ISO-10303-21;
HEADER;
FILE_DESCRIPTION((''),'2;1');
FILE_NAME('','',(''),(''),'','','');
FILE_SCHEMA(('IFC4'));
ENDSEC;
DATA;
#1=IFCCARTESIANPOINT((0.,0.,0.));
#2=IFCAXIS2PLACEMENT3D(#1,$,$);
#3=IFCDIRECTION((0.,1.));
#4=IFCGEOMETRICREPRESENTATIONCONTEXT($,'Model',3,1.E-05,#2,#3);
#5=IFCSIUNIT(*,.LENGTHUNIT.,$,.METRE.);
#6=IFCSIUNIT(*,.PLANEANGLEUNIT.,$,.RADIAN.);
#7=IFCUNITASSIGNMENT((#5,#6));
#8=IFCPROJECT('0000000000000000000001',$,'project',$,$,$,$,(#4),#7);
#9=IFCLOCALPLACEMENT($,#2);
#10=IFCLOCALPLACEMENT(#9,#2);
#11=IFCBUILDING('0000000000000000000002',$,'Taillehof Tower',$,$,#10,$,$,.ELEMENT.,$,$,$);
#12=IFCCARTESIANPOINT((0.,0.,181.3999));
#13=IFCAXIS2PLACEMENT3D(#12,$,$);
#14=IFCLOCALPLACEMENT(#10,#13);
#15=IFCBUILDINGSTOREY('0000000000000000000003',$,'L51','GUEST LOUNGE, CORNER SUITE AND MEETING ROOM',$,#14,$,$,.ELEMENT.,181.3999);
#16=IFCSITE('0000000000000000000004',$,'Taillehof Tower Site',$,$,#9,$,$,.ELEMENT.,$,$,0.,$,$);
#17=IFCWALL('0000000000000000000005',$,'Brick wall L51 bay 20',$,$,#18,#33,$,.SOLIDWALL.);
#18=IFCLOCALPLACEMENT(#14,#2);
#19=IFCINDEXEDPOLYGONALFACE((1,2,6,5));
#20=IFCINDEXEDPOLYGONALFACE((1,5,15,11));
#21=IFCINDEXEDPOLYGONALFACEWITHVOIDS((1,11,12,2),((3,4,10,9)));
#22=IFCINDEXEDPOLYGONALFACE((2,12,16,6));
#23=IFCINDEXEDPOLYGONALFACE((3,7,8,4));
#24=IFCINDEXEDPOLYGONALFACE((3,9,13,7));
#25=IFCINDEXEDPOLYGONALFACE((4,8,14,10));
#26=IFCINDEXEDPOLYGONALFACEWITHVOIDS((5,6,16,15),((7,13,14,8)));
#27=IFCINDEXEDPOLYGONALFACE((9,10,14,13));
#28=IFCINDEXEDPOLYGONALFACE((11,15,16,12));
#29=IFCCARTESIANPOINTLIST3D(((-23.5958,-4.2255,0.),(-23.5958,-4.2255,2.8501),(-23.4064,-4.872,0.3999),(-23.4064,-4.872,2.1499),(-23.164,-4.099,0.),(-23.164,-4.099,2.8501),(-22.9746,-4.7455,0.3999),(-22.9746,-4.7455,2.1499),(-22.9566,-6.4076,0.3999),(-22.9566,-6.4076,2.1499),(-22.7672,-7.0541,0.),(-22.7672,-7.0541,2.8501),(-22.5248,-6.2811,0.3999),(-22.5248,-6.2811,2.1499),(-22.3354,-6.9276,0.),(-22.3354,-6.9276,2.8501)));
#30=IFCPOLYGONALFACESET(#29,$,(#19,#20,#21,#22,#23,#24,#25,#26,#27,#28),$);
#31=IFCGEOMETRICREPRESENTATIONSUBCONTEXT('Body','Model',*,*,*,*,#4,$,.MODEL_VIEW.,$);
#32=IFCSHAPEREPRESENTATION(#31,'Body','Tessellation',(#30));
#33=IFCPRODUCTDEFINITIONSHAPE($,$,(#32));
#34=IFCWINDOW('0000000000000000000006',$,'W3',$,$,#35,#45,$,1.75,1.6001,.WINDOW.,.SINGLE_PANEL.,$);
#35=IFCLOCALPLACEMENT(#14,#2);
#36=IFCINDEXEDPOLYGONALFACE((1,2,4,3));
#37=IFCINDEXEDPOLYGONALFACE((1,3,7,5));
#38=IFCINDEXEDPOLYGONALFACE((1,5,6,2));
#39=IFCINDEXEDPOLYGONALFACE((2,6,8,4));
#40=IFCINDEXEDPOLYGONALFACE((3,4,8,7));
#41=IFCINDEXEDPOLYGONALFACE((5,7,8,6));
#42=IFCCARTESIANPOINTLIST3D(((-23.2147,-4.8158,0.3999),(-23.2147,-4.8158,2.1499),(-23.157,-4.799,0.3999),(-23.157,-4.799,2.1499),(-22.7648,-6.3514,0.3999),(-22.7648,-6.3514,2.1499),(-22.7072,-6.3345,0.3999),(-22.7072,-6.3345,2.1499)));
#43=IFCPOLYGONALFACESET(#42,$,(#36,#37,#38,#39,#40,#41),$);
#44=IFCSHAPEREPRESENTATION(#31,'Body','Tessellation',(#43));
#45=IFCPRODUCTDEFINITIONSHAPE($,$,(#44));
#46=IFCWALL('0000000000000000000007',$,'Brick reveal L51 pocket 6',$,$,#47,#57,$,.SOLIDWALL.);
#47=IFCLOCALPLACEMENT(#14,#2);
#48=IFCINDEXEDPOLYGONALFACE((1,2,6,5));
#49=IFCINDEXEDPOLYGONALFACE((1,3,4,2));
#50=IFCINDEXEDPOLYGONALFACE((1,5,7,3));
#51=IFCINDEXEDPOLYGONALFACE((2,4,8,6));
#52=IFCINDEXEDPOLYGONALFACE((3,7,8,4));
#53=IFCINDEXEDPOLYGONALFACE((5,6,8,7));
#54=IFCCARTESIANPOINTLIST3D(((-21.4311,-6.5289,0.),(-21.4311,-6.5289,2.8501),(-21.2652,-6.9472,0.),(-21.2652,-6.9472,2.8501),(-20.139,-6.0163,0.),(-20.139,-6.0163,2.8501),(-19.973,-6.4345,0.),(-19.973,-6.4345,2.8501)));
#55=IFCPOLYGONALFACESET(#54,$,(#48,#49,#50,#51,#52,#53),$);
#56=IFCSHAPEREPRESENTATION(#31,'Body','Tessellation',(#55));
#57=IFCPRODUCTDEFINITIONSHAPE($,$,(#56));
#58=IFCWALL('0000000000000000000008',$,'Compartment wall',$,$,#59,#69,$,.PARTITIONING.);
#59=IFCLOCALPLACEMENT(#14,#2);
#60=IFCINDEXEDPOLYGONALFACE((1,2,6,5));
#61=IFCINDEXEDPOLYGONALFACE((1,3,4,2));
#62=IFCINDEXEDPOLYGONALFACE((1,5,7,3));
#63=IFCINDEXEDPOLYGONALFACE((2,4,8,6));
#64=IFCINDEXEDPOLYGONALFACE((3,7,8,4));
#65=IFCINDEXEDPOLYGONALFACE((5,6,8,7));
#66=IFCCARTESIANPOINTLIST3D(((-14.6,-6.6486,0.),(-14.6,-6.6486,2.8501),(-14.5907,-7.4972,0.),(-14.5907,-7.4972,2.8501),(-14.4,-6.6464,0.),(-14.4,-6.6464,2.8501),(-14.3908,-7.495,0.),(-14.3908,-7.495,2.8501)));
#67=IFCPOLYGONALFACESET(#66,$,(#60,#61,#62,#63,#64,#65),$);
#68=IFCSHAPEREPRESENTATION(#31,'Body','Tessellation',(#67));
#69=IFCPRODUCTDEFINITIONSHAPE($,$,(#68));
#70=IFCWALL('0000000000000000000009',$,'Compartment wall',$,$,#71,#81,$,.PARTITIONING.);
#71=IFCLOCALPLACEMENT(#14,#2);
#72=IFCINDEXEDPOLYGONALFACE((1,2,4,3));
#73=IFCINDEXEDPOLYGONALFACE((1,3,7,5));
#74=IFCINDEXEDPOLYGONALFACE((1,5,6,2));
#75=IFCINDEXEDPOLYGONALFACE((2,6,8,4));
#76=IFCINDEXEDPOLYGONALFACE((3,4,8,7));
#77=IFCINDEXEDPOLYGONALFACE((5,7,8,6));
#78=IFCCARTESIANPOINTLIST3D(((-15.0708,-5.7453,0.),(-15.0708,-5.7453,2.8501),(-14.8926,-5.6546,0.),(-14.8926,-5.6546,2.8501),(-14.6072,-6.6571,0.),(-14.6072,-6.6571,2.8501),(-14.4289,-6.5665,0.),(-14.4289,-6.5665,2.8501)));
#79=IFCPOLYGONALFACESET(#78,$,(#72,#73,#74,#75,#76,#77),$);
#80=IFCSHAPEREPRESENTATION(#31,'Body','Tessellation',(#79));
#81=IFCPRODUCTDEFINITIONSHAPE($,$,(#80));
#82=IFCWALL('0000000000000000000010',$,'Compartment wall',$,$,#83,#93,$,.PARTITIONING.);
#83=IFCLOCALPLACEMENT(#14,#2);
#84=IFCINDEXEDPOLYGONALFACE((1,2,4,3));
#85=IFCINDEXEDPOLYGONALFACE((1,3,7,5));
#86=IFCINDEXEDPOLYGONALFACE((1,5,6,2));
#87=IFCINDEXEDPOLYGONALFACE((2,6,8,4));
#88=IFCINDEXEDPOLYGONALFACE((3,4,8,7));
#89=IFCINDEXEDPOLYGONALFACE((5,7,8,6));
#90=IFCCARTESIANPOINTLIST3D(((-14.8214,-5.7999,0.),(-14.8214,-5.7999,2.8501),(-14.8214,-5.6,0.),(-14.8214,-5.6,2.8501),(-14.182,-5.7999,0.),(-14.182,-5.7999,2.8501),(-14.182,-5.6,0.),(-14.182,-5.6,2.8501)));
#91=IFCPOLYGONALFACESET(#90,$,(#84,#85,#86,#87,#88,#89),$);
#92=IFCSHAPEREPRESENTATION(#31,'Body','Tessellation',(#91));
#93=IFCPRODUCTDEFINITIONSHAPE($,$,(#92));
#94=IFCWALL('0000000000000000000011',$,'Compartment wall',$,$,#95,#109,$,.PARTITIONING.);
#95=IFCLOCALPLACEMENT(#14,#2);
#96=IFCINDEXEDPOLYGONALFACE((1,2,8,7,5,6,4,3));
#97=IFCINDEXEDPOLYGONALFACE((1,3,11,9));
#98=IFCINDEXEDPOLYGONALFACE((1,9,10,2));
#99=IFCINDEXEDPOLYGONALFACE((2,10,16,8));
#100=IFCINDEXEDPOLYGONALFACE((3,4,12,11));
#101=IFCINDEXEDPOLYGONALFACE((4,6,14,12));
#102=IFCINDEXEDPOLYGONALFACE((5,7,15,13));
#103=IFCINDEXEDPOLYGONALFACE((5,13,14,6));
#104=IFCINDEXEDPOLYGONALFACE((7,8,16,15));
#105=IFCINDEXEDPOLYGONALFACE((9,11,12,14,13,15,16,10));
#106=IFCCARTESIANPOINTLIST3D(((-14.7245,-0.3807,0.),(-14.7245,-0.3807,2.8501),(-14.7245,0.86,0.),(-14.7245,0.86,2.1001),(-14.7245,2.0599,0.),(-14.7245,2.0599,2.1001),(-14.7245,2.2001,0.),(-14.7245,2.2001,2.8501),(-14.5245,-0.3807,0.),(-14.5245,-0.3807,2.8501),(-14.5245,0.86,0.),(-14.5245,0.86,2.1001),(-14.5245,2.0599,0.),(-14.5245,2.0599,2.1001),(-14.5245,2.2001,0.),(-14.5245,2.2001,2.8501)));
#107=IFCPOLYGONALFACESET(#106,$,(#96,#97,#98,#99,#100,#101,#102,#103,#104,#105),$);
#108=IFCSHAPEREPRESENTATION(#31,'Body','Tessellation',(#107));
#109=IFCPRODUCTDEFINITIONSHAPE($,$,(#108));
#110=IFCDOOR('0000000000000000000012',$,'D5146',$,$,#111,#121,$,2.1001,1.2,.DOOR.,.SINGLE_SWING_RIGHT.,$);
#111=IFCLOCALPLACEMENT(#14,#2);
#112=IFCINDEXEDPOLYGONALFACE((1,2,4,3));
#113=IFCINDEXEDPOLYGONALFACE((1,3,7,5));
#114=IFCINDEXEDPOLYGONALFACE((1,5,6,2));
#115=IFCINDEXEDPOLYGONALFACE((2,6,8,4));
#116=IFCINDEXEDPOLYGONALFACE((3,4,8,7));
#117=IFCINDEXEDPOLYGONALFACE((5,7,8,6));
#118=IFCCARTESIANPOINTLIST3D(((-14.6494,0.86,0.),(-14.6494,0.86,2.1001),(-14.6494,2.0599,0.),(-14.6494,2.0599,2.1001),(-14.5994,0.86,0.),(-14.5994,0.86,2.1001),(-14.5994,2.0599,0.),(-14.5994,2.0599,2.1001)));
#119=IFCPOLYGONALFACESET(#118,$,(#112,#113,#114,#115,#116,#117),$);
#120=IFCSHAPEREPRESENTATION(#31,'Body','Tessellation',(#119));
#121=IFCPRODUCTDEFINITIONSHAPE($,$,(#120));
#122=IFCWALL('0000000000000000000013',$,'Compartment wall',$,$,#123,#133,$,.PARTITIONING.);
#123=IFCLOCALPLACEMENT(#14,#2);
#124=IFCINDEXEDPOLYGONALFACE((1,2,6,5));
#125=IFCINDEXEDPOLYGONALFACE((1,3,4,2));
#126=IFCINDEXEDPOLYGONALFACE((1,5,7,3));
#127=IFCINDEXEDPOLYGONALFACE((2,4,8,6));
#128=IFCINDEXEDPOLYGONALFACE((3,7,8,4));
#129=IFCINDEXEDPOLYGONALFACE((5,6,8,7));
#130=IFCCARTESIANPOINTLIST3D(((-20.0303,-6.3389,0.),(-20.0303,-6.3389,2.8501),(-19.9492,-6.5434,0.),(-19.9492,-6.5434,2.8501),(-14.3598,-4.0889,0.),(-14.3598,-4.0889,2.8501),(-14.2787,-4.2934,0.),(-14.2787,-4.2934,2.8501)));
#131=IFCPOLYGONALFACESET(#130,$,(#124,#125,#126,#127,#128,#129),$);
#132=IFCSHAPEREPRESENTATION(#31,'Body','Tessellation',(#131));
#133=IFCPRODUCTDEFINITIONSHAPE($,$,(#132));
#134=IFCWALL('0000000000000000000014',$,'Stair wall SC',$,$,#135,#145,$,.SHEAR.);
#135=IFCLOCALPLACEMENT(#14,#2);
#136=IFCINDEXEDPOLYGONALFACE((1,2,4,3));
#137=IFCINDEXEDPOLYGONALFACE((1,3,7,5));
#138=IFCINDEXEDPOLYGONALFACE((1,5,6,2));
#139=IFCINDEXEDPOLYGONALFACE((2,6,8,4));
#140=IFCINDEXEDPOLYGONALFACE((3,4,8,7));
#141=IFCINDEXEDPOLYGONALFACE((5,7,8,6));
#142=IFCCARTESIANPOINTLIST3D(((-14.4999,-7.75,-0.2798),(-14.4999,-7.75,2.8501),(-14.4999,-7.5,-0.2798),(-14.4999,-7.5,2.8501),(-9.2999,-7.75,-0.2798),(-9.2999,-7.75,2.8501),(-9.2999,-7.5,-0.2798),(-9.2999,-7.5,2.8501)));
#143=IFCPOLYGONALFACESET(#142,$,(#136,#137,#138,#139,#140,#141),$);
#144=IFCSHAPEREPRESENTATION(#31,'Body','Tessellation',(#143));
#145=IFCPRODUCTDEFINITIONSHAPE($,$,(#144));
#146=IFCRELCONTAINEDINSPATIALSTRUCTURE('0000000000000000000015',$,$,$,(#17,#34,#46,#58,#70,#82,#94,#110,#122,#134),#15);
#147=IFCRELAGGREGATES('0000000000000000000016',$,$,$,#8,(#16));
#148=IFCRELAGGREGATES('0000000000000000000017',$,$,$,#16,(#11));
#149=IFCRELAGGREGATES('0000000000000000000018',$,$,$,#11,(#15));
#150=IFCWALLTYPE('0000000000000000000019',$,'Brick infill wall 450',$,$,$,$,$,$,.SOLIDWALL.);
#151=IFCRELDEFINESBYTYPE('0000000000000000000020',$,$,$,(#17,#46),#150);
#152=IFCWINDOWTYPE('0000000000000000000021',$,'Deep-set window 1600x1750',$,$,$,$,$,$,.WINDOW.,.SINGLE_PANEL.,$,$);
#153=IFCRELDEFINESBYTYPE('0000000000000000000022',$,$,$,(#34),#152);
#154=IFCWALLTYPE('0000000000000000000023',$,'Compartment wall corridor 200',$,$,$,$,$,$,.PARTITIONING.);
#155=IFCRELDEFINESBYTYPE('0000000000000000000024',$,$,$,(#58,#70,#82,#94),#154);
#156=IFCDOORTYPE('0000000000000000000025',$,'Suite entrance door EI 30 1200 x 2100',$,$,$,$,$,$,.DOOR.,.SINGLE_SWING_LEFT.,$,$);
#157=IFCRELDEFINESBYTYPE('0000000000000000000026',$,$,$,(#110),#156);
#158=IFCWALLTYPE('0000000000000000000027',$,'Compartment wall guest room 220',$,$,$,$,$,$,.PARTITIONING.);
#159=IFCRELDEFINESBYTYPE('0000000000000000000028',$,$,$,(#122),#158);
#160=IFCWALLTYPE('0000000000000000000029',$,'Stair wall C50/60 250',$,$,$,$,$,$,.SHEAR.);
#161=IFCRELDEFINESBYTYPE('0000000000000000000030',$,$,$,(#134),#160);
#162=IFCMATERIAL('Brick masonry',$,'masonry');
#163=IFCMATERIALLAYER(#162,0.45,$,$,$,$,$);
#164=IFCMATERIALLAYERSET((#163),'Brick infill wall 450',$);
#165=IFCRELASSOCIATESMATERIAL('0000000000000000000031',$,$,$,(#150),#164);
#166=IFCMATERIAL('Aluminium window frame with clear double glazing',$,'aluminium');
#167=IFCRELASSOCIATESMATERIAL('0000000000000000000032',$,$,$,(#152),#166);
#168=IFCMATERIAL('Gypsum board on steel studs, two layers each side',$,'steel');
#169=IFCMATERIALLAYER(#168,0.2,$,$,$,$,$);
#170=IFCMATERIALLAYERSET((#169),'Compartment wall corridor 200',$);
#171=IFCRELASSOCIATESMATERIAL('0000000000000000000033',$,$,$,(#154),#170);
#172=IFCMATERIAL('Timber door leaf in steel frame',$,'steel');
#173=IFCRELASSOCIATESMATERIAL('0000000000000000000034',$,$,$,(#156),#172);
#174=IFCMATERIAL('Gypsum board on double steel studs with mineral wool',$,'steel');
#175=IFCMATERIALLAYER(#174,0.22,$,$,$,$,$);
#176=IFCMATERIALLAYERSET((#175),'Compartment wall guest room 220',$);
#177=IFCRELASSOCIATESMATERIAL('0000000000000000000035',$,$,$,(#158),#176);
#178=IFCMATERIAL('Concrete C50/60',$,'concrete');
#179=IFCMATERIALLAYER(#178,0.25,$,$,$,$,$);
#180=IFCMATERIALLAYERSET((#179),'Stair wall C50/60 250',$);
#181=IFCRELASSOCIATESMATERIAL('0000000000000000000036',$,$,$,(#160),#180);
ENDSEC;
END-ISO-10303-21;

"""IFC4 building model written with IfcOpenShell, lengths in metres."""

from ifc_helpers import new_model, si_unit, direction, frame, frame_2d, origin, place, context, subcontext, project, spatial, rectangle, extrude, material, layer, layer_set, type_object, element, fill, save


model = new_model("IFC4")

# Units and contexts
model_context = context("Model", 3, precision=1e-05, world=origin(), true_north=direction((0.0, 1.0)))
body_context = subcontext(model_context, "Body", "Model", "MODEL_VIEW")
ifc_project = project(units=[si_unit("LENGTHUNIT", "METRE"), si_unit("PLANEANGLEUNIT", "RADIAN")], contexts=[model_context])

# Site, building, storey
site_placement = place(None, origin())
site = spatial("IfcSite", under=ifc_project, at=site_placement, Name="Taillehof Tower Site", CompositionType="ELEMENT", RefElevation=0.0)
building_placement = place(site_placement, origin())
building = spatial("IfcBuilding", under=site, at=building_placement, Name="Taillehof Tower", CompositionType="ELEMENT")
storey_placement = place(building_placement, frame((0.0, 0.0, 181.3999)))
storey = spatial("IfcBuildingStorey", under=building, at=storey_placement, Name="L51", Description="GUEST LOUNGE, CORNER SUITE AND MEETING ROOM", CompositionType="ELEMENT", Elevation=181.3999)

# Wall, opening, window
ifc_material_1 = material(Name="Brick masonry", Category="masonry")
ifc_layer_1 = layer(ifc_material_1, 0.45)
ifc_layer_set_1 = layer_set([ifc_layer_1], Name="Brick infill wall 450")
wall_type_1 = type_object("IfcWallType", Name="Brick infill wall 450", PredefinedType="SOLIDWALL", material=ifc_layer_set_1)
ifc_material_2 = material(Name="Aluminium window frame with clear double glazing", Category="aluminium")
window_type_1 = type_object("IfcWindowType", Name="Deep-set window 1600x1750", PartitioningType="SINGLE_PANEL", PredefinedType="WINDOW", material=ifc_material_2)
wall_1_placement = place(storey_placement, frame((-23.3799, -4.1624, 0.0), z_axis=(0.0, 0.0, 1.0), x_axis=(0.281126, -0.959671, 0.0)))
wall_1 = element("IfcWall", 1, at=wall_1_placement, inside=storey, type_object=wall_type_1, Name="Brick wall L51 bay 20", PredefinedType="SOLIDWALL", context=body_context, shape_type="SweptSolid", body=[
    extrude(rectangle(XDim=2.9475, YDim=0.45, at=frame_2d((1.4736, 0.0))), origin(), (0.0, 0.0, 1.0), 2.8501),
])
opening_1_placement = place(wall_1_placement, frame((0.6736, 0.0, 0.3999)))
opening_1 = element("IfcOpeningElement", 2, at=opening_1_placement, cuts=wall_1, PredefinedType="OPENING", context=body_context, shape_type="SweptSolid", body=[
    extrude(rectangle(XDim=1.6001, YDim=1.75, at=frame_2d((0.8, 0.875))), frame((0.0, 0.2349, 0.0), z_axis=(0.0, -1.0, 0.0), x_axis=(1.0, 0.0, 0.0)), (0.0, 0.0, 1.0), 0.47),
])
window_1_placement = place(opening_1_placement, origin())
window_1 = element("IfcWindow", 3, at=window_1_placement, inside=storey, type_object=window_type_1, Name="W3", OverallHeight=1.75, OverallWidth=1.6001, PartitioningType="SINGLE_PANEL", PredefinedType="WINDOW", context=body_context, shape_type="SweptSolid", body=[
    extrude(rectangle(XDim=1.6001, YDim=1.75, at=frame_2d((0.8, 0.875))), frame((0.0, 0.0349, 0.0), z_axis=(0.0, -1.0, 0.0), x_axis=(1.0, 0.0, 0.0)), (0.0, 0.0, 1.0), 0.0601),
])
fill(opening_1, window_1)

# Wall
wall_2_placement = place(storey_placement, frame((-21.3481, -6.738, 0.0), z_axis=(0.0, 0.0, 1.0), x_axis=(0.929515, 0.368785, 0.0)))
element("IfcWall", 4, at=wall_2_placement, inside=storey, type_object=wall_type_1, Name="Brick reveal L51 pocket 6", PredefinedType="SOLIDWALL", context=body_context, shape_type="SweptSolid", body=[
    extrude(rectangle(XDim=1.3901, YDim=0.45, at=frame_2d((0.6951, 0.0))), origin(), (0.0, 0.0, 1.0), 2.8501),
])

# Walls
ifc_material_3 = material(Name="Gypsum board on steel studs, two layers each side", Category="steel")
ifc_layer_2 = layer(ifc_material_3, 0.2)
ifc_layer_set_2 = layer_set([ifc_layer_2], Name="Compartment wall corridor 200")
wall_type_2 = type_object("IfcWallType", Name="Compartment wall corridor 200", PredefinedType="PARTITIONING", material=ifc_layer_set_2)
wall_3_placement = place(storey_placement, frame((-14.4907, -7.4961, 0.0), z_axis=(0.0, 0.0, 1.0), x_axis=(-0.010931, 0.99994, 0.0)))
element("IfcWall", 5, at=wall_3_placement, inside=storey, type_object=wall_type_2, Name="Compartment wall", PredefinedType="PARTITIONING", context=body_context, shape_type="SweptSolid", body=[
    extrude(rectangle(XDim=0.8486, YDim=0.2, at=frame_2d((0.4243, 0.0))), origin(), (0.0, 0.0, 1.0), 2.8501),
])
wall_4_placement = place(storey_placement, frame((-14.5181, -6.6118, 0.0), z_axis=(0.0, 0.0, 1.0), x_axis=(-0.453218, 0.8914, 0.0)))
element("IfcWall", 6, at=wall_4_placement, inside=storey, type_object=wall_type_2, Name="Compartment wall", PredefinedType="PARTITIONING", context=body_context, shape_type="SweptSolid", body=[
    extrude(rectangle(XDim=1.0229, YDim=0.2, at=frame_2d((0.5115, 0.0))), origin(), (0.0, 0.0, 1.0), 2.8501),
])
wall_5_placement = place(storey_placement, frame((-14.8215, -5.7, 0.0), z_axis=(0.0, 0.0, 1.0), x_axis=(1.0, 0.0, 0.0)))
element("IfcWall", 7, at=wall_5_placement, inside=storey, type_object=wall_type_2, Name="Compartment wall", PredefinedType="PARTITIONING", context=body_context, shape_type="SweptSolid", body=[
    extrude(rectangle(XDim=0.6394, YDim=0.2, at=frame_2d((0.3198, 0.0))), origin(), (0.0, 0.0, 1.0), 2.8501),
])

# Wall, opening, door
wall_6_placement = place(storey_placement, frame((-14.6245, -0.3809, 0.0), z_axis=(0.0, 0.0, 1.0), x_axis=(0.0, 1.0, 0.0)))
wall_6 = element("IfcWall", 8, at=wall_6_placement, inside=storey, type_object=wall_type_2, Name="Compartment wall", PredefinedType="PARTITIONING", context=body_context, shape_type="SweptSolid", body=[
    extrude(rectangle(XDim=2.5808, YDim=0.2, at=frame_2d((1.2905, 0.0))), origin(), (0.0, 0.0, 1.0), 2.8501),
])
opening_2_placement = place(wall_6_placement, frame((1.2407, 0.0, 0.0)))
opening_2 = element("IfcOpeningElement", 9, at=opening_2_placement, cuts=wall_6, PredefinedType="OPENING", context=body_context, shape_type="SweptSolid", body=[
    extrude(rectangle(XDim=1.2, YDim=2.1001, at=frame_2d((0.6001, 1.05))), frame((0.0, 0.1099, 0.0), z_axis=(0.0, -1.0, 0.0), x_axis=(1.0, 0.0, 0.0)), (0.0, 0.0, 1.0), 0.22),
])
ifc_material_4 = material(Name="Timber door leaf in steel frame", Category="steel")
door_type_1 = type_object("IfcDoorType", Name="Suite entrance door EI 30 1200 x 2100", OperationType="SINGLE_SWING_LEFT", PredefinedType="DOOR", material=ifc_material_4)
door_1_placement = place(opening_2_placement, origin())
door_1 = element("IfcDoor", 10, at=door_1_placement, inside=storey, type_object=door_type_1, Name="D5146", OperationType="SINGLE_SWING_RIGHT", OverallHeight=2.1001, OverallWidth=1.2, PredefinedType="DOOR", context=body_context, shape_type="SweptSolid", body=[
    extrude(rectangle(XDim=1.2, YDim=2.1001, at=frame_2d((0.6001, 1.05))), frame((0.0, 0.0249, 0.0), z_axis=(0.0, -1.0, 0.0), x_axis=(1.0, 0.0, 0.0)), (0.0, 0.0, 1.0), 0.05),
])
fill(opening_2, door_1)

# Walls
ifc_material_5 = material(Name="Gypsum board on double steel studs with mineral wool", Category="steel")
ifc_layer_3 = layer(ifc_material_5, 0.22)
ifc_layer_set_3 = layer_set([ifc_layer_3], Name="Compartment wall guest room 220")
wall_type_3 = type_object("IfcWallType", Name="Compartment wall guest room 220", PredefinedType="PARTITIONING", material=ifc_layer_set_3)
wall_7_placement = place(storey_placement, frame((-19.9897, -6.4412, 0.0), z_axis=(0.0, 0.0, 1.0), x_axis=(0.9295, 0.368822, 0.0)))
element("IfcWall", 11, at=wall_7_placement, inside=storey, type_object=wall_type_3, Name="Compartment wall", PredefinedType="PARTITIONING", context=body_context, shape_type="SweptSolid", body=[
    extrude(rectangle(XDim=6.1006, YDim=0.22, at=frame_2d((3.0503, 0.0))), origin(), (0.0, 0.0, 1.0), 2.8501),
])
ifc_material_6 = material(Name="Concrete C50/60", Category="concrete")
ifc_layer_4 = layer(ifc_material_6, 0.25)
ifc_layer_set_4 = layer_set([ifc_layer_4], Name="Stair wall C50/60 250")
wall_type_4 = type_object("IfcWallType", Name="Stair wall C50/60 250", PredefinedType="SHEAR", material=ifc_layer_set_4)
wall_8_placement = place(storey_placement, frame((-14.5, -7.625, -0.2798), z_axis=(0.0, 0.0, 1.0), x_axis=(1.0, 0.0, 0.0)))
element("IfcWall", 12, at=wall_8_placement, inside=storey, type_object=wall_type_4, Name="Stair wall SC", PredefinedType="SHEAR", context=body_context, shape_type="SweptSolid", body=[
    extrude(rectangle(XDim=5.2, YDim=0.25, at=frame_2d((2.6001, 0.0))), origin(), (0.0, 0.0, 1.0), 3.1299),
])

save(model, "model.ifc")
